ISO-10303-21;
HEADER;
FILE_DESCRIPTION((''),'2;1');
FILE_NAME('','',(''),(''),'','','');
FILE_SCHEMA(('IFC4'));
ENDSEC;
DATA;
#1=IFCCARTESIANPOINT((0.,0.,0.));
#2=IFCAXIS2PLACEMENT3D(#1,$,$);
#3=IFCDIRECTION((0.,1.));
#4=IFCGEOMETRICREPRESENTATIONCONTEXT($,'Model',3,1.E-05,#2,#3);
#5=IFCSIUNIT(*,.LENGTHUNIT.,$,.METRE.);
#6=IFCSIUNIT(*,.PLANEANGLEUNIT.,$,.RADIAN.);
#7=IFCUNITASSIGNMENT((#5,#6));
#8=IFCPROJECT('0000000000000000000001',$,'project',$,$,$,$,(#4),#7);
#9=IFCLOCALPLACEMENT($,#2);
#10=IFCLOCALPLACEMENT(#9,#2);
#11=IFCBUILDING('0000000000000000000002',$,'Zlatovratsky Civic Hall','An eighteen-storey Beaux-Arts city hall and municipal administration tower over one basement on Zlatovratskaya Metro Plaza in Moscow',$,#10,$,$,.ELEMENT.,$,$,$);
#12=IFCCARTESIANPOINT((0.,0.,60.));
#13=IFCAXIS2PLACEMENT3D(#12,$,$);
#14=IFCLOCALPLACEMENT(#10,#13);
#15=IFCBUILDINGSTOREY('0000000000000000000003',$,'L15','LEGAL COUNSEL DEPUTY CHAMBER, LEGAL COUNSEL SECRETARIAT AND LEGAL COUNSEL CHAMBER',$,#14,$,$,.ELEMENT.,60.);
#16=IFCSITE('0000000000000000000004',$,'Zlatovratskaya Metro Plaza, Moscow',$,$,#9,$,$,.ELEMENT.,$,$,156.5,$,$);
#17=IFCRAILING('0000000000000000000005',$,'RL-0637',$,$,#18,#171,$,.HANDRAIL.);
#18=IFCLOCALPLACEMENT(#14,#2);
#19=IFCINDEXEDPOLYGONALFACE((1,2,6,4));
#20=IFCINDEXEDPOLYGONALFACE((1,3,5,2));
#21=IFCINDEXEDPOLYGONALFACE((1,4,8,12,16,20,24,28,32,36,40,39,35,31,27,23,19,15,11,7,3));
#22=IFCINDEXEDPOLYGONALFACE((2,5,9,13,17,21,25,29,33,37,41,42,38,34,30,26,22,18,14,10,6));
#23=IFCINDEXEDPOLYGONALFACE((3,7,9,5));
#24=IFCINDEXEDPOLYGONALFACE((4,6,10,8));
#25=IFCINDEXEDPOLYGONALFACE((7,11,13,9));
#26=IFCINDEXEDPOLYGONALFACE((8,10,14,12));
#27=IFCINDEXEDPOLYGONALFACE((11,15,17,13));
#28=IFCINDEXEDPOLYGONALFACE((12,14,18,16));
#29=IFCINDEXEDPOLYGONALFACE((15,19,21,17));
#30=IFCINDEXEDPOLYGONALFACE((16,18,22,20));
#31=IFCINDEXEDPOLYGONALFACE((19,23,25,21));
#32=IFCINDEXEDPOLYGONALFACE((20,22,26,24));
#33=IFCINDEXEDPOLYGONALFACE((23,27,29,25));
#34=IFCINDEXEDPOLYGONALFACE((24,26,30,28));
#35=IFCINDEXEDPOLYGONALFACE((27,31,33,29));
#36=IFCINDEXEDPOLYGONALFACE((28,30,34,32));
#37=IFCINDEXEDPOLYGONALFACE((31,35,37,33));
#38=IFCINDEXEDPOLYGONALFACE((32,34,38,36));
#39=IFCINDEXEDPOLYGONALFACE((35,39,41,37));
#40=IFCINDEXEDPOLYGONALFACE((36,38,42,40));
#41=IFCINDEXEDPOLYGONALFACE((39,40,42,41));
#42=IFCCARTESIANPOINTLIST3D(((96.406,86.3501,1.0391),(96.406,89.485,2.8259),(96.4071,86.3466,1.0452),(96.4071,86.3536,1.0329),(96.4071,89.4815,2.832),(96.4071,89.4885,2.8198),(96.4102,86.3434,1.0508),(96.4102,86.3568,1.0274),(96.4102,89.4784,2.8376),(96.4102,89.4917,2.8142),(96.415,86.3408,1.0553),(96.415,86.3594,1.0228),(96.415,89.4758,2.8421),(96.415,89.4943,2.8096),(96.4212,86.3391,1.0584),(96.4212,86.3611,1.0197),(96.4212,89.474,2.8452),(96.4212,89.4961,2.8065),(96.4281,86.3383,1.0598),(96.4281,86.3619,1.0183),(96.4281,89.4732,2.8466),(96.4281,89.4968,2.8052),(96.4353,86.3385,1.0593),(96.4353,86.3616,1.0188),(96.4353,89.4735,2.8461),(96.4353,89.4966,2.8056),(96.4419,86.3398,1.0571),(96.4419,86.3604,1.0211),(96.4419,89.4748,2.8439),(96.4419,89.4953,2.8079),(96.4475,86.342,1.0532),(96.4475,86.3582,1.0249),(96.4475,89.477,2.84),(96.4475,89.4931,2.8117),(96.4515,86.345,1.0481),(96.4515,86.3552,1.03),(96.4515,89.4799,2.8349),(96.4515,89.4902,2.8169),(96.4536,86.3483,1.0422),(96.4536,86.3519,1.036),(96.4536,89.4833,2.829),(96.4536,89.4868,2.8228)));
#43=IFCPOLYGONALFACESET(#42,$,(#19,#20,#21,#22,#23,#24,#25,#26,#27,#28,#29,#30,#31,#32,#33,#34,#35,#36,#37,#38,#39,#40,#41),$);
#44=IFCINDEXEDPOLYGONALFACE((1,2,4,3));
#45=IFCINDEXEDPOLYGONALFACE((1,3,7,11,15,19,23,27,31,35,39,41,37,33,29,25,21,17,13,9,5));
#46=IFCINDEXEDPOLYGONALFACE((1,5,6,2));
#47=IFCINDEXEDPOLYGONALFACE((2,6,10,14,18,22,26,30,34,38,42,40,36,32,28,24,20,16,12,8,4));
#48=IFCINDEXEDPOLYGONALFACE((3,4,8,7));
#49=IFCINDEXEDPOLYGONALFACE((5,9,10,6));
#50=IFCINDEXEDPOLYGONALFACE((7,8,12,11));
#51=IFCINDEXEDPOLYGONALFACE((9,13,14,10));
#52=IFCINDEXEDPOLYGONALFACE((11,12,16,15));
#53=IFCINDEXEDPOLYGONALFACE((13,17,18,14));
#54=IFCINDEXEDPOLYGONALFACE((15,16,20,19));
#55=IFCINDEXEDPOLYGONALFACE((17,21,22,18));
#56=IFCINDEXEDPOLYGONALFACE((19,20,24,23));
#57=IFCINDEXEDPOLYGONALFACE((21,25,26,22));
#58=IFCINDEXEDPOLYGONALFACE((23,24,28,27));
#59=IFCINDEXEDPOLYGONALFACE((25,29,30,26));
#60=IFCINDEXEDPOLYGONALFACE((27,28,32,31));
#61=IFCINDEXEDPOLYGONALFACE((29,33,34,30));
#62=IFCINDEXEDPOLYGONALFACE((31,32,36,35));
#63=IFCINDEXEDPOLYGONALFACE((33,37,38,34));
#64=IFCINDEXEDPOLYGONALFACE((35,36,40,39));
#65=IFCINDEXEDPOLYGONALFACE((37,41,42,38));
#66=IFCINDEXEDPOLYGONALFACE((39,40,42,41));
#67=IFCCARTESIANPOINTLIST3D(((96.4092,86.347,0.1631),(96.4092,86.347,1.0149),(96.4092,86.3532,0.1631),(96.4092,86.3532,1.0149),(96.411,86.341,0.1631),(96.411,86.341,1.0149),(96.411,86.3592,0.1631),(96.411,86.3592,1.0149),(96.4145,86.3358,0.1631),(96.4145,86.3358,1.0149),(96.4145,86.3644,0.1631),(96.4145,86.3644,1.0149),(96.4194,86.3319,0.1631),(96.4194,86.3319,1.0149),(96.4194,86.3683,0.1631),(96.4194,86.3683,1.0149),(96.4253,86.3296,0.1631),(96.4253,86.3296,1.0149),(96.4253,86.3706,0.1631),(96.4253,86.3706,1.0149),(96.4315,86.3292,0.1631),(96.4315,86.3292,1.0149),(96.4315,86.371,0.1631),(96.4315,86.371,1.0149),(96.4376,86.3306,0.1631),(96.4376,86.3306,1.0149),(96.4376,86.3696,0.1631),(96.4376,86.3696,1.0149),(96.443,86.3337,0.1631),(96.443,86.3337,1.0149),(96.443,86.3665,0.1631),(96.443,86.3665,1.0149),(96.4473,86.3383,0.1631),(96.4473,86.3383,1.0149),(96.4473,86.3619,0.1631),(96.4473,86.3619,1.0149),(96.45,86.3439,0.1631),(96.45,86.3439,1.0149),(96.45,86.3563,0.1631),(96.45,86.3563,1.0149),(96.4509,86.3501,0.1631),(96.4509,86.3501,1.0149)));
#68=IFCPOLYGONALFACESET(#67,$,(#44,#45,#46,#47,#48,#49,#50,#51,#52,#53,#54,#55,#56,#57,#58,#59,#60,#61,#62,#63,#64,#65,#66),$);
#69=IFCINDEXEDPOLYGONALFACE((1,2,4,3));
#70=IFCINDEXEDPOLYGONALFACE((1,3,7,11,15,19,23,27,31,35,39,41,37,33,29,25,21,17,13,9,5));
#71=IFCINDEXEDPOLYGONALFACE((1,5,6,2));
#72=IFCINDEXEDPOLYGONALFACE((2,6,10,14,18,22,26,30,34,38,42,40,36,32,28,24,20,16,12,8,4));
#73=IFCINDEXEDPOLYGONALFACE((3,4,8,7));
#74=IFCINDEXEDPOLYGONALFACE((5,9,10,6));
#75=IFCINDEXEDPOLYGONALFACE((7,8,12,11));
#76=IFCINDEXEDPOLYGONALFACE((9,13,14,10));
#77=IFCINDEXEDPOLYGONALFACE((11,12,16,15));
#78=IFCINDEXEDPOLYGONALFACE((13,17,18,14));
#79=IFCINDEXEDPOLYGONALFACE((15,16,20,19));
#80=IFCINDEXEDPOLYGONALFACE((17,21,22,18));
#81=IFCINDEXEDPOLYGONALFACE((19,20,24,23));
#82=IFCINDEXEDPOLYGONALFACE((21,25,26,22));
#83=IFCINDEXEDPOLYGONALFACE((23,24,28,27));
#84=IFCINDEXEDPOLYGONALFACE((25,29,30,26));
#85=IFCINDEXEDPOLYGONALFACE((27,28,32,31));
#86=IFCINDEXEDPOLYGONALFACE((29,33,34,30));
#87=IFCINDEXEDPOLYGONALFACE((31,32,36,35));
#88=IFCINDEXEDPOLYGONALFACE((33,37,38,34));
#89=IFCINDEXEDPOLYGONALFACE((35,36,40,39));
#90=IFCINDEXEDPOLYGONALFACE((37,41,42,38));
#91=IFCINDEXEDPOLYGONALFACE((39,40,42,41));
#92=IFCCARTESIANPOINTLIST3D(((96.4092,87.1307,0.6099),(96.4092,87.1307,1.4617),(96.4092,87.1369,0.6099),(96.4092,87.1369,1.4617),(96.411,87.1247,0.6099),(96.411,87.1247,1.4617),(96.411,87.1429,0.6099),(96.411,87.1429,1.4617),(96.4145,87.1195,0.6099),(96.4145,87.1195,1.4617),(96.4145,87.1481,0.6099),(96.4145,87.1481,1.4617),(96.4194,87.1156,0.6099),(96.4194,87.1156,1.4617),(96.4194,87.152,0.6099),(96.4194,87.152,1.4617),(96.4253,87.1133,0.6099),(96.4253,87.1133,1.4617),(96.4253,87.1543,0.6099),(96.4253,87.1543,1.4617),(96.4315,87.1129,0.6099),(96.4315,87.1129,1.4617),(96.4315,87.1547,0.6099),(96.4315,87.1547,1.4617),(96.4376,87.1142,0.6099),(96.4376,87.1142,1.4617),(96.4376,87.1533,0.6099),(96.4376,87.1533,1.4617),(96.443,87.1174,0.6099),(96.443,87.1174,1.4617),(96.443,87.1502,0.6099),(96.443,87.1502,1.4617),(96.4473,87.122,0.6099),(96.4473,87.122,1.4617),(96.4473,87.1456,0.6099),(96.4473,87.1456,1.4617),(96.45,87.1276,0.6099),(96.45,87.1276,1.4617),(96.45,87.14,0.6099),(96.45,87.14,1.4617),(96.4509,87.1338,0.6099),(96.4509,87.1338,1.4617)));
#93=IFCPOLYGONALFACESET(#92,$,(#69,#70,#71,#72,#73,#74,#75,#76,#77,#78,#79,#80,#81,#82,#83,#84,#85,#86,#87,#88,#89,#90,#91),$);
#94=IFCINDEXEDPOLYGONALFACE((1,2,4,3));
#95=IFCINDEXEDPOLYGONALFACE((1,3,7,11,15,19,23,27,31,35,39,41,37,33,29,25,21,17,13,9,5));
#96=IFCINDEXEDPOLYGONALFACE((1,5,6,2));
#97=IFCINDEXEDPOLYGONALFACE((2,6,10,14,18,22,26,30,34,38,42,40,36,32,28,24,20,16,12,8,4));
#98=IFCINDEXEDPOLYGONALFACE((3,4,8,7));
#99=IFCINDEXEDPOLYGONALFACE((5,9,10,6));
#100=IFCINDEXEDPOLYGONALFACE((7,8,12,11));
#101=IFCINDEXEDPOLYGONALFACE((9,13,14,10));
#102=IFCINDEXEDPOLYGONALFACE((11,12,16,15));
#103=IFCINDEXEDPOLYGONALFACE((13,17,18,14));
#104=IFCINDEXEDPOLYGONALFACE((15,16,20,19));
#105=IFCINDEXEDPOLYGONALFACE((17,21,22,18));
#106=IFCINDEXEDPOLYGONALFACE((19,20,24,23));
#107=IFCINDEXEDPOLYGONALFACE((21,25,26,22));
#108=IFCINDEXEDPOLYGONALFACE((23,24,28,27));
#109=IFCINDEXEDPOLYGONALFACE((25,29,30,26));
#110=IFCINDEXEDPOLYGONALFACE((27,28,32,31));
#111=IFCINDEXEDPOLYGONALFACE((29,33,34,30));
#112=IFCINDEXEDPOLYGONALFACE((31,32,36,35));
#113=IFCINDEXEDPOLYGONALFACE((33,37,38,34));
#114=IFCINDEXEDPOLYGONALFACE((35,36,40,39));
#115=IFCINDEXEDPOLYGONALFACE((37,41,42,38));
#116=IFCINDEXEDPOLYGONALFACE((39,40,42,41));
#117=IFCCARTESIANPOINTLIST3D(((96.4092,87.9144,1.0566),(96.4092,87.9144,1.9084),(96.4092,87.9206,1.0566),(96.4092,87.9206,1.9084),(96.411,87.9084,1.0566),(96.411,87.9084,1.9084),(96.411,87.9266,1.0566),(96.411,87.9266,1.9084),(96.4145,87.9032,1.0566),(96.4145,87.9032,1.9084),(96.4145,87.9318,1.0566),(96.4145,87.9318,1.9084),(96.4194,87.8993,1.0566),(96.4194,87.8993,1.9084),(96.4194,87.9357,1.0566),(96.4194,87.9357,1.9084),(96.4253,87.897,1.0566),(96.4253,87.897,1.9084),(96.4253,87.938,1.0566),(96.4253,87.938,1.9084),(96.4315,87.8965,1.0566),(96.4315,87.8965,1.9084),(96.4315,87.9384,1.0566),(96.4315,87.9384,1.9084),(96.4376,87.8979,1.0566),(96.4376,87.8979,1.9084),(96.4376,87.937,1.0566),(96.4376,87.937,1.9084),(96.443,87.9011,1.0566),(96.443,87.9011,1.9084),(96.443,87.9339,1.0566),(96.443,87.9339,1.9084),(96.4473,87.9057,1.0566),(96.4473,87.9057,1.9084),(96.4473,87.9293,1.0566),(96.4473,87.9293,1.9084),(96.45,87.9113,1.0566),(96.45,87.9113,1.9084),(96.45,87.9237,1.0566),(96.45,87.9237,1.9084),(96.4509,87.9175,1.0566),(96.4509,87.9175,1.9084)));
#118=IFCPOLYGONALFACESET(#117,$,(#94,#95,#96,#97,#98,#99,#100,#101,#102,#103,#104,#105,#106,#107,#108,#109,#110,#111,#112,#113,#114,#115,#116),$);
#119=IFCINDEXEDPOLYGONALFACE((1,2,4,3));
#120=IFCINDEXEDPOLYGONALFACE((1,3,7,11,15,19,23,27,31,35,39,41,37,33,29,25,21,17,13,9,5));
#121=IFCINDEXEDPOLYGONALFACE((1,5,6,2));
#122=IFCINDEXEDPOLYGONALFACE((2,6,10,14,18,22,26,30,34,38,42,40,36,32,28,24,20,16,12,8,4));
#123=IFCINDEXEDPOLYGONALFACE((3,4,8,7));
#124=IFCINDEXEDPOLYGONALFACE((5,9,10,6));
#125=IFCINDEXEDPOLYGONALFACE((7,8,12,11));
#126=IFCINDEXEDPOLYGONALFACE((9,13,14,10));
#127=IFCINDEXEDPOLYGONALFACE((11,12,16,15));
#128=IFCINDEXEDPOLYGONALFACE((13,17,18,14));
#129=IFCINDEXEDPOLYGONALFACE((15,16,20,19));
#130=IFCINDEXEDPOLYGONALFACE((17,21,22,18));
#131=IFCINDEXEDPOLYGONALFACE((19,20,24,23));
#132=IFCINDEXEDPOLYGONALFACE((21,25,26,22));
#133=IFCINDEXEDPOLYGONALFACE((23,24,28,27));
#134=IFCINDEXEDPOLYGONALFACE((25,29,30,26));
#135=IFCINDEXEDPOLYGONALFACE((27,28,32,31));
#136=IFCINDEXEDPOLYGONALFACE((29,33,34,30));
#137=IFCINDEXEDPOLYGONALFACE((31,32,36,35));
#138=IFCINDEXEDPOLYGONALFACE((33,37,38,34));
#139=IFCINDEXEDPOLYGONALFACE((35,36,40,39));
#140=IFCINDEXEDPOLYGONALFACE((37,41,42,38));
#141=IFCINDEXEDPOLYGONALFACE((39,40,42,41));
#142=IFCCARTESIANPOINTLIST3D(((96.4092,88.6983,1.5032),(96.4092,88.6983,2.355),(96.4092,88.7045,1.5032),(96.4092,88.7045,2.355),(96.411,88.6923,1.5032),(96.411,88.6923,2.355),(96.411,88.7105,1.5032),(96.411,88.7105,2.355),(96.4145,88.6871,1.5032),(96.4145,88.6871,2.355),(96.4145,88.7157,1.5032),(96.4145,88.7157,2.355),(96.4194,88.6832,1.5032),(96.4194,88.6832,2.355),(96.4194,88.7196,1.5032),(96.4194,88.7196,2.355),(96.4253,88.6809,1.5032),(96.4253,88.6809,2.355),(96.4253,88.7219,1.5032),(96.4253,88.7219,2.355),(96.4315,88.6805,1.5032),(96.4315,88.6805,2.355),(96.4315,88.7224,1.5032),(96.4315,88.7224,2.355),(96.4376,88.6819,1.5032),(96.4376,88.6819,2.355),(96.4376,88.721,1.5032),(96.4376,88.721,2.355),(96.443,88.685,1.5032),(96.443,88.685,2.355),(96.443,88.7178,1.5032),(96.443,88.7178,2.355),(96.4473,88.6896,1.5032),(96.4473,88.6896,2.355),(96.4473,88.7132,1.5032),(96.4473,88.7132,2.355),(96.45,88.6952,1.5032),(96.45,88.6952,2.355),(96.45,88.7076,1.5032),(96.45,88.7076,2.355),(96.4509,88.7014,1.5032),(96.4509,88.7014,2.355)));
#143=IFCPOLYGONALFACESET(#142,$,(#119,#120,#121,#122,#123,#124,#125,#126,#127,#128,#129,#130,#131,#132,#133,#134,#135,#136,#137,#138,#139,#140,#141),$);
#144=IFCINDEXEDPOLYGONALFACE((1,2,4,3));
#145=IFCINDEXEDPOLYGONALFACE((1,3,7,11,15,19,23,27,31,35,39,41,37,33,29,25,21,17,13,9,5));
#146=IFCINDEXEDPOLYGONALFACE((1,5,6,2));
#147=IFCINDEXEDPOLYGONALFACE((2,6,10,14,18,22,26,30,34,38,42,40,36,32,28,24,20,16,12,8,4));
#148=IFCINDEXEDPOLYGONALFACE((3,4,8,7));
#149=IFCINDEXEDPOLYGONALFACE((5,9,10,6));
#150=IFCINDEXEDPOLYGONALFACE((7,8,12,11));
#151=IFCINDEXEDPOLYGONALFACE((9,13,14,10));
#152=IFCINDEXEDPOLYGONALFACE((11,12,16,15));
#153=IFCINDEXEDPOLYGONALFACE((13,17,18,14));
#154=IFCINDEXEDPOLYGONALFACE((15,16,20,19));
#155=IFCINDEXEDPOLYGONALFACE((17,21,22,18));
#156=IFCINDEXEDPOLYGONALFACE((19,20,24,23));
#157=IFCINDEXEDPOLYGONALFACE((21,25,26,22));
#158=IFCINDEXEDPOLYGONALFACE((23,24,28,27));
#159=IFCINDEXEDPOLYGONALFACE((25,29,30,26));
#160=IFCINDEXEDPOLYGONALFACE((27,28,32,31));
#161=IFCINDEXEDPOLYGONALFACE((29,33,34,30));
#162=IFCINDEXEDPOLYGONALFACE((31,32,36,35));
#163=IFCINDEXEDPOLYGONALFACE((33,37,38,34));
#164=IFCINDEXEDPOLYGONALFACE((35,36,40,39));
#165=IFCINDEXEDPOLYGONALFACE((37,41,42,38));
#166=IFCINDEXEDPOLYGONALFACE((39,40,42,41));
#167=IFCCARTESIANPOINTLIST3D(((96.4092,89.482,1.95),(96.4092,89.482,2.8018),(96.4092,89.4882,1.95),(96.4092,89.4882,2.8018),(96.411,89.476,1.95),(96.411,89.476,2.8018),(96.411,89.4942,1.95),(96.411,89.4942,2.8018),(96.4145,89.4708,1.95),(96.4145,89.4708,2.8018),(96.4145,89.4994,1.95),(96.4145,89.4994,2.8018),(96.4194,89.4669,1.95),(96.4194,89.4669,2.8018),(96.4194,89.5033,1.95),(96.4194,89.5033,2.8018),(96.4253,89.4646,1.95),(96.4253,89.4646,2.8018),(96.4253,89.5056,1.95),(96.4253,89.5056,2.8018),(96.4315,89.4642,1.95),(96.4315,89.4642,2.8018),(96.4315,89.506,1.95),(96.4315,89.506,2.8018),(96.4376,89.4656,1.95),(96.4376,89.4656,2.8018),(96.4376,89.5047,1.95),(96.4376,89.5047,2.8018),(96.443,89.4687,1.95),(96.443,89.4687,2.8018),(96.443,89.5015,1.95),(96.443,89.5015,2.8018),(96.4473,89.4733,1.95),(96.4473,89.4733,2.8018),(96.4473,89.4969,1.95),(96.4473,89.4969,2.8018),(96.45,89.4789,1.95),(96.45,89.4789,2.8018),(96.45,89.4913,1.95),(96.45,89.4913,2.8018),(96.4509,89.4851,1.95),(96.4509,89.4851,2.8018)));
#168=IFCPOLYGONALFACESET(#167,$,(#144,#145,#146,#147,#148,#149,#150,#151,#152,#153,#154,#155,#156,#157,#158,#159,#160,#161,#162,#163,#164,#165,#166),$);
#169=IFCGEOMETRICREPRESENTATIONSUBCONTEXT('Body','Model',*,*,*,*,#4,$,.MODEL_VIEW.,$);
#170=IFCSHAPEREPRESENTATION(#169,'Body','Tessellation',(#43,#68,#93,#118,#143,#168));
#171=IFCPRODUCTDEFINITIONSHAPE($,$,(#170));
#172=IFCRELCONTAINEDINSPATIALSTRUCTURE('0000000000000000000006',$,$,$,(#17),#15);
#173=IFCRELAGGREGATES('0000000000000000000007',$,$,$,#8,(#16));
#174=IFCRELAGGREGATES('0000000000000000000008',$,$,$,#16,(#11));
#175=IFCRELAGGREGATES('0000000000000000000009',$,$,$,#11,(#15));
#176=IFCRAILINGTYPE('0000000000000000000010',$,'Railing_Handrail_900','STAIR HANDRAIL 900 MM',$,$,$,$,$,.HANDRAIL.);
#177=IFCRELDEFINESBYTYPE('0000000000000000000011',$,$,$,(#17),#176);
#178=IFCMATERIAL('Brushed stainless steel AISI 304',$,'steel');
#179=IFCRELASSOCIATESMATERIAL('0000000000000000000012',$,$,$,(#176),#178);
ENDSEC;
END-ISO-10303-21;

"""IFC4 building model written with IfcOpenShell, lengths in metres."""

from ifc_helpers import new_model, si_unit, direction, frame, origin, origin_2d, place, context, subcontext, project, spatial, circle, extrude, material, type_object, element, save


model = new_model("IFC4")

# Units and contexts
model_context = context("Model", 3, precision=1e-05, world=origin(), true_north=direction((0.0, 1.0)))
body_context = subcontext(model_context, "Body", "Model", "MODEL_VIEW")
ifc_project = project(units=[si_unit("LENGTHUNIT", "METRE"), si_unit("PLANEANGLEUNIT", "RADIAN")], contexts=[model_context])

# Site, building, storey
site_placement = place(None, origin())
site = spatial("IfcSite", under=ifc_project, at=site_placement, Name="Zlatovratskaya Metro Plaza, Moscow", CompositionType="ELEMENT", RefElevation=156.5)
building_placement = place(site_placement, origin())
building = spatial("IfcBuilding", under=site, at=building_placement, Name="Zlatovratsky Civic Hall", Description="An eighteen-storey Beaux-Arts city hall and municipal administration tower over one basement on Zlatovratskaya Metro Plaza in Moscow", CompositionType="ELEMENT")
storey_placement = place(building_placement, frame((0.0, 0.0, 60.0)))
storey = spatial("IfcBuildingStorey", under=building, at=storey_placement, Name="L15", Description="LEGAL COUNSEL DEPUTY CHAMBER, LEGAL COUNSEL SECRETARIAT AND LEGAL COUNSEL CHAMBER", CompositionType="ELEMENT", Elevation=60.0)

# Railing
ifc_material_1 = material(Name="Brushed stainless steel AISI 304", Category="steel")
railing_type_1 = type_object("IfcRailingType", Name="Railing_Handrail_900", Description="STAIR HANDRAIL 900 MM", PredefinedType="HANDRAIL", material=ifc_material_1)
railing_1_placement = place(storey_placement, frame((96.4299, 86.3501, 0.1631)))
element("IfcRailing", 1, at=railing_1_placement, inside=storey, type_object=railing_type_1, Name="RL-0637", PredefinedType="HANDRAIL", context=body_context, shape_type="SweptSolid", body=[
    extrude(circle(Radius=0.0239, at=origin_2d()), frame((0.0, 0.0, 0.876), z_axis=(0.0, 0.868788, 0.495184), x_axis=(-1.0, 0.0, 0.0)), (0.0, 0.0, 1.0), 3.6084),
    extrude(circle(Radius=0.021, at=origin_2d()), origin(), (0.0, 0.0, 1.0), 0.8518),
    extrude(circle(Radius=0.021, at=origin_2d()), frame((0.0, 0.7837, 0.4468)), (0.0, 0.0, 1.0), 0.8518),
    extrude(circle(Radius=0.021, at=origin_2d()), frame((0.0, 1.5674, 0.8936)), (0.0, 0.0, 1.0), 0.8518),
    extrude(circle(Radius=0.021, at=origin_2d()), frame((0.0, 2.3513, 1.3401)), (0.0, 0.0, 1.0), 0.8518),
    extrude(circle(Radius=0.021, at=origin_2d()), frame((0.0, 3.135, 1.7869)), (0.0, 0.0, 1.0), 0.8518),
])

save(model, "model.ifc")
